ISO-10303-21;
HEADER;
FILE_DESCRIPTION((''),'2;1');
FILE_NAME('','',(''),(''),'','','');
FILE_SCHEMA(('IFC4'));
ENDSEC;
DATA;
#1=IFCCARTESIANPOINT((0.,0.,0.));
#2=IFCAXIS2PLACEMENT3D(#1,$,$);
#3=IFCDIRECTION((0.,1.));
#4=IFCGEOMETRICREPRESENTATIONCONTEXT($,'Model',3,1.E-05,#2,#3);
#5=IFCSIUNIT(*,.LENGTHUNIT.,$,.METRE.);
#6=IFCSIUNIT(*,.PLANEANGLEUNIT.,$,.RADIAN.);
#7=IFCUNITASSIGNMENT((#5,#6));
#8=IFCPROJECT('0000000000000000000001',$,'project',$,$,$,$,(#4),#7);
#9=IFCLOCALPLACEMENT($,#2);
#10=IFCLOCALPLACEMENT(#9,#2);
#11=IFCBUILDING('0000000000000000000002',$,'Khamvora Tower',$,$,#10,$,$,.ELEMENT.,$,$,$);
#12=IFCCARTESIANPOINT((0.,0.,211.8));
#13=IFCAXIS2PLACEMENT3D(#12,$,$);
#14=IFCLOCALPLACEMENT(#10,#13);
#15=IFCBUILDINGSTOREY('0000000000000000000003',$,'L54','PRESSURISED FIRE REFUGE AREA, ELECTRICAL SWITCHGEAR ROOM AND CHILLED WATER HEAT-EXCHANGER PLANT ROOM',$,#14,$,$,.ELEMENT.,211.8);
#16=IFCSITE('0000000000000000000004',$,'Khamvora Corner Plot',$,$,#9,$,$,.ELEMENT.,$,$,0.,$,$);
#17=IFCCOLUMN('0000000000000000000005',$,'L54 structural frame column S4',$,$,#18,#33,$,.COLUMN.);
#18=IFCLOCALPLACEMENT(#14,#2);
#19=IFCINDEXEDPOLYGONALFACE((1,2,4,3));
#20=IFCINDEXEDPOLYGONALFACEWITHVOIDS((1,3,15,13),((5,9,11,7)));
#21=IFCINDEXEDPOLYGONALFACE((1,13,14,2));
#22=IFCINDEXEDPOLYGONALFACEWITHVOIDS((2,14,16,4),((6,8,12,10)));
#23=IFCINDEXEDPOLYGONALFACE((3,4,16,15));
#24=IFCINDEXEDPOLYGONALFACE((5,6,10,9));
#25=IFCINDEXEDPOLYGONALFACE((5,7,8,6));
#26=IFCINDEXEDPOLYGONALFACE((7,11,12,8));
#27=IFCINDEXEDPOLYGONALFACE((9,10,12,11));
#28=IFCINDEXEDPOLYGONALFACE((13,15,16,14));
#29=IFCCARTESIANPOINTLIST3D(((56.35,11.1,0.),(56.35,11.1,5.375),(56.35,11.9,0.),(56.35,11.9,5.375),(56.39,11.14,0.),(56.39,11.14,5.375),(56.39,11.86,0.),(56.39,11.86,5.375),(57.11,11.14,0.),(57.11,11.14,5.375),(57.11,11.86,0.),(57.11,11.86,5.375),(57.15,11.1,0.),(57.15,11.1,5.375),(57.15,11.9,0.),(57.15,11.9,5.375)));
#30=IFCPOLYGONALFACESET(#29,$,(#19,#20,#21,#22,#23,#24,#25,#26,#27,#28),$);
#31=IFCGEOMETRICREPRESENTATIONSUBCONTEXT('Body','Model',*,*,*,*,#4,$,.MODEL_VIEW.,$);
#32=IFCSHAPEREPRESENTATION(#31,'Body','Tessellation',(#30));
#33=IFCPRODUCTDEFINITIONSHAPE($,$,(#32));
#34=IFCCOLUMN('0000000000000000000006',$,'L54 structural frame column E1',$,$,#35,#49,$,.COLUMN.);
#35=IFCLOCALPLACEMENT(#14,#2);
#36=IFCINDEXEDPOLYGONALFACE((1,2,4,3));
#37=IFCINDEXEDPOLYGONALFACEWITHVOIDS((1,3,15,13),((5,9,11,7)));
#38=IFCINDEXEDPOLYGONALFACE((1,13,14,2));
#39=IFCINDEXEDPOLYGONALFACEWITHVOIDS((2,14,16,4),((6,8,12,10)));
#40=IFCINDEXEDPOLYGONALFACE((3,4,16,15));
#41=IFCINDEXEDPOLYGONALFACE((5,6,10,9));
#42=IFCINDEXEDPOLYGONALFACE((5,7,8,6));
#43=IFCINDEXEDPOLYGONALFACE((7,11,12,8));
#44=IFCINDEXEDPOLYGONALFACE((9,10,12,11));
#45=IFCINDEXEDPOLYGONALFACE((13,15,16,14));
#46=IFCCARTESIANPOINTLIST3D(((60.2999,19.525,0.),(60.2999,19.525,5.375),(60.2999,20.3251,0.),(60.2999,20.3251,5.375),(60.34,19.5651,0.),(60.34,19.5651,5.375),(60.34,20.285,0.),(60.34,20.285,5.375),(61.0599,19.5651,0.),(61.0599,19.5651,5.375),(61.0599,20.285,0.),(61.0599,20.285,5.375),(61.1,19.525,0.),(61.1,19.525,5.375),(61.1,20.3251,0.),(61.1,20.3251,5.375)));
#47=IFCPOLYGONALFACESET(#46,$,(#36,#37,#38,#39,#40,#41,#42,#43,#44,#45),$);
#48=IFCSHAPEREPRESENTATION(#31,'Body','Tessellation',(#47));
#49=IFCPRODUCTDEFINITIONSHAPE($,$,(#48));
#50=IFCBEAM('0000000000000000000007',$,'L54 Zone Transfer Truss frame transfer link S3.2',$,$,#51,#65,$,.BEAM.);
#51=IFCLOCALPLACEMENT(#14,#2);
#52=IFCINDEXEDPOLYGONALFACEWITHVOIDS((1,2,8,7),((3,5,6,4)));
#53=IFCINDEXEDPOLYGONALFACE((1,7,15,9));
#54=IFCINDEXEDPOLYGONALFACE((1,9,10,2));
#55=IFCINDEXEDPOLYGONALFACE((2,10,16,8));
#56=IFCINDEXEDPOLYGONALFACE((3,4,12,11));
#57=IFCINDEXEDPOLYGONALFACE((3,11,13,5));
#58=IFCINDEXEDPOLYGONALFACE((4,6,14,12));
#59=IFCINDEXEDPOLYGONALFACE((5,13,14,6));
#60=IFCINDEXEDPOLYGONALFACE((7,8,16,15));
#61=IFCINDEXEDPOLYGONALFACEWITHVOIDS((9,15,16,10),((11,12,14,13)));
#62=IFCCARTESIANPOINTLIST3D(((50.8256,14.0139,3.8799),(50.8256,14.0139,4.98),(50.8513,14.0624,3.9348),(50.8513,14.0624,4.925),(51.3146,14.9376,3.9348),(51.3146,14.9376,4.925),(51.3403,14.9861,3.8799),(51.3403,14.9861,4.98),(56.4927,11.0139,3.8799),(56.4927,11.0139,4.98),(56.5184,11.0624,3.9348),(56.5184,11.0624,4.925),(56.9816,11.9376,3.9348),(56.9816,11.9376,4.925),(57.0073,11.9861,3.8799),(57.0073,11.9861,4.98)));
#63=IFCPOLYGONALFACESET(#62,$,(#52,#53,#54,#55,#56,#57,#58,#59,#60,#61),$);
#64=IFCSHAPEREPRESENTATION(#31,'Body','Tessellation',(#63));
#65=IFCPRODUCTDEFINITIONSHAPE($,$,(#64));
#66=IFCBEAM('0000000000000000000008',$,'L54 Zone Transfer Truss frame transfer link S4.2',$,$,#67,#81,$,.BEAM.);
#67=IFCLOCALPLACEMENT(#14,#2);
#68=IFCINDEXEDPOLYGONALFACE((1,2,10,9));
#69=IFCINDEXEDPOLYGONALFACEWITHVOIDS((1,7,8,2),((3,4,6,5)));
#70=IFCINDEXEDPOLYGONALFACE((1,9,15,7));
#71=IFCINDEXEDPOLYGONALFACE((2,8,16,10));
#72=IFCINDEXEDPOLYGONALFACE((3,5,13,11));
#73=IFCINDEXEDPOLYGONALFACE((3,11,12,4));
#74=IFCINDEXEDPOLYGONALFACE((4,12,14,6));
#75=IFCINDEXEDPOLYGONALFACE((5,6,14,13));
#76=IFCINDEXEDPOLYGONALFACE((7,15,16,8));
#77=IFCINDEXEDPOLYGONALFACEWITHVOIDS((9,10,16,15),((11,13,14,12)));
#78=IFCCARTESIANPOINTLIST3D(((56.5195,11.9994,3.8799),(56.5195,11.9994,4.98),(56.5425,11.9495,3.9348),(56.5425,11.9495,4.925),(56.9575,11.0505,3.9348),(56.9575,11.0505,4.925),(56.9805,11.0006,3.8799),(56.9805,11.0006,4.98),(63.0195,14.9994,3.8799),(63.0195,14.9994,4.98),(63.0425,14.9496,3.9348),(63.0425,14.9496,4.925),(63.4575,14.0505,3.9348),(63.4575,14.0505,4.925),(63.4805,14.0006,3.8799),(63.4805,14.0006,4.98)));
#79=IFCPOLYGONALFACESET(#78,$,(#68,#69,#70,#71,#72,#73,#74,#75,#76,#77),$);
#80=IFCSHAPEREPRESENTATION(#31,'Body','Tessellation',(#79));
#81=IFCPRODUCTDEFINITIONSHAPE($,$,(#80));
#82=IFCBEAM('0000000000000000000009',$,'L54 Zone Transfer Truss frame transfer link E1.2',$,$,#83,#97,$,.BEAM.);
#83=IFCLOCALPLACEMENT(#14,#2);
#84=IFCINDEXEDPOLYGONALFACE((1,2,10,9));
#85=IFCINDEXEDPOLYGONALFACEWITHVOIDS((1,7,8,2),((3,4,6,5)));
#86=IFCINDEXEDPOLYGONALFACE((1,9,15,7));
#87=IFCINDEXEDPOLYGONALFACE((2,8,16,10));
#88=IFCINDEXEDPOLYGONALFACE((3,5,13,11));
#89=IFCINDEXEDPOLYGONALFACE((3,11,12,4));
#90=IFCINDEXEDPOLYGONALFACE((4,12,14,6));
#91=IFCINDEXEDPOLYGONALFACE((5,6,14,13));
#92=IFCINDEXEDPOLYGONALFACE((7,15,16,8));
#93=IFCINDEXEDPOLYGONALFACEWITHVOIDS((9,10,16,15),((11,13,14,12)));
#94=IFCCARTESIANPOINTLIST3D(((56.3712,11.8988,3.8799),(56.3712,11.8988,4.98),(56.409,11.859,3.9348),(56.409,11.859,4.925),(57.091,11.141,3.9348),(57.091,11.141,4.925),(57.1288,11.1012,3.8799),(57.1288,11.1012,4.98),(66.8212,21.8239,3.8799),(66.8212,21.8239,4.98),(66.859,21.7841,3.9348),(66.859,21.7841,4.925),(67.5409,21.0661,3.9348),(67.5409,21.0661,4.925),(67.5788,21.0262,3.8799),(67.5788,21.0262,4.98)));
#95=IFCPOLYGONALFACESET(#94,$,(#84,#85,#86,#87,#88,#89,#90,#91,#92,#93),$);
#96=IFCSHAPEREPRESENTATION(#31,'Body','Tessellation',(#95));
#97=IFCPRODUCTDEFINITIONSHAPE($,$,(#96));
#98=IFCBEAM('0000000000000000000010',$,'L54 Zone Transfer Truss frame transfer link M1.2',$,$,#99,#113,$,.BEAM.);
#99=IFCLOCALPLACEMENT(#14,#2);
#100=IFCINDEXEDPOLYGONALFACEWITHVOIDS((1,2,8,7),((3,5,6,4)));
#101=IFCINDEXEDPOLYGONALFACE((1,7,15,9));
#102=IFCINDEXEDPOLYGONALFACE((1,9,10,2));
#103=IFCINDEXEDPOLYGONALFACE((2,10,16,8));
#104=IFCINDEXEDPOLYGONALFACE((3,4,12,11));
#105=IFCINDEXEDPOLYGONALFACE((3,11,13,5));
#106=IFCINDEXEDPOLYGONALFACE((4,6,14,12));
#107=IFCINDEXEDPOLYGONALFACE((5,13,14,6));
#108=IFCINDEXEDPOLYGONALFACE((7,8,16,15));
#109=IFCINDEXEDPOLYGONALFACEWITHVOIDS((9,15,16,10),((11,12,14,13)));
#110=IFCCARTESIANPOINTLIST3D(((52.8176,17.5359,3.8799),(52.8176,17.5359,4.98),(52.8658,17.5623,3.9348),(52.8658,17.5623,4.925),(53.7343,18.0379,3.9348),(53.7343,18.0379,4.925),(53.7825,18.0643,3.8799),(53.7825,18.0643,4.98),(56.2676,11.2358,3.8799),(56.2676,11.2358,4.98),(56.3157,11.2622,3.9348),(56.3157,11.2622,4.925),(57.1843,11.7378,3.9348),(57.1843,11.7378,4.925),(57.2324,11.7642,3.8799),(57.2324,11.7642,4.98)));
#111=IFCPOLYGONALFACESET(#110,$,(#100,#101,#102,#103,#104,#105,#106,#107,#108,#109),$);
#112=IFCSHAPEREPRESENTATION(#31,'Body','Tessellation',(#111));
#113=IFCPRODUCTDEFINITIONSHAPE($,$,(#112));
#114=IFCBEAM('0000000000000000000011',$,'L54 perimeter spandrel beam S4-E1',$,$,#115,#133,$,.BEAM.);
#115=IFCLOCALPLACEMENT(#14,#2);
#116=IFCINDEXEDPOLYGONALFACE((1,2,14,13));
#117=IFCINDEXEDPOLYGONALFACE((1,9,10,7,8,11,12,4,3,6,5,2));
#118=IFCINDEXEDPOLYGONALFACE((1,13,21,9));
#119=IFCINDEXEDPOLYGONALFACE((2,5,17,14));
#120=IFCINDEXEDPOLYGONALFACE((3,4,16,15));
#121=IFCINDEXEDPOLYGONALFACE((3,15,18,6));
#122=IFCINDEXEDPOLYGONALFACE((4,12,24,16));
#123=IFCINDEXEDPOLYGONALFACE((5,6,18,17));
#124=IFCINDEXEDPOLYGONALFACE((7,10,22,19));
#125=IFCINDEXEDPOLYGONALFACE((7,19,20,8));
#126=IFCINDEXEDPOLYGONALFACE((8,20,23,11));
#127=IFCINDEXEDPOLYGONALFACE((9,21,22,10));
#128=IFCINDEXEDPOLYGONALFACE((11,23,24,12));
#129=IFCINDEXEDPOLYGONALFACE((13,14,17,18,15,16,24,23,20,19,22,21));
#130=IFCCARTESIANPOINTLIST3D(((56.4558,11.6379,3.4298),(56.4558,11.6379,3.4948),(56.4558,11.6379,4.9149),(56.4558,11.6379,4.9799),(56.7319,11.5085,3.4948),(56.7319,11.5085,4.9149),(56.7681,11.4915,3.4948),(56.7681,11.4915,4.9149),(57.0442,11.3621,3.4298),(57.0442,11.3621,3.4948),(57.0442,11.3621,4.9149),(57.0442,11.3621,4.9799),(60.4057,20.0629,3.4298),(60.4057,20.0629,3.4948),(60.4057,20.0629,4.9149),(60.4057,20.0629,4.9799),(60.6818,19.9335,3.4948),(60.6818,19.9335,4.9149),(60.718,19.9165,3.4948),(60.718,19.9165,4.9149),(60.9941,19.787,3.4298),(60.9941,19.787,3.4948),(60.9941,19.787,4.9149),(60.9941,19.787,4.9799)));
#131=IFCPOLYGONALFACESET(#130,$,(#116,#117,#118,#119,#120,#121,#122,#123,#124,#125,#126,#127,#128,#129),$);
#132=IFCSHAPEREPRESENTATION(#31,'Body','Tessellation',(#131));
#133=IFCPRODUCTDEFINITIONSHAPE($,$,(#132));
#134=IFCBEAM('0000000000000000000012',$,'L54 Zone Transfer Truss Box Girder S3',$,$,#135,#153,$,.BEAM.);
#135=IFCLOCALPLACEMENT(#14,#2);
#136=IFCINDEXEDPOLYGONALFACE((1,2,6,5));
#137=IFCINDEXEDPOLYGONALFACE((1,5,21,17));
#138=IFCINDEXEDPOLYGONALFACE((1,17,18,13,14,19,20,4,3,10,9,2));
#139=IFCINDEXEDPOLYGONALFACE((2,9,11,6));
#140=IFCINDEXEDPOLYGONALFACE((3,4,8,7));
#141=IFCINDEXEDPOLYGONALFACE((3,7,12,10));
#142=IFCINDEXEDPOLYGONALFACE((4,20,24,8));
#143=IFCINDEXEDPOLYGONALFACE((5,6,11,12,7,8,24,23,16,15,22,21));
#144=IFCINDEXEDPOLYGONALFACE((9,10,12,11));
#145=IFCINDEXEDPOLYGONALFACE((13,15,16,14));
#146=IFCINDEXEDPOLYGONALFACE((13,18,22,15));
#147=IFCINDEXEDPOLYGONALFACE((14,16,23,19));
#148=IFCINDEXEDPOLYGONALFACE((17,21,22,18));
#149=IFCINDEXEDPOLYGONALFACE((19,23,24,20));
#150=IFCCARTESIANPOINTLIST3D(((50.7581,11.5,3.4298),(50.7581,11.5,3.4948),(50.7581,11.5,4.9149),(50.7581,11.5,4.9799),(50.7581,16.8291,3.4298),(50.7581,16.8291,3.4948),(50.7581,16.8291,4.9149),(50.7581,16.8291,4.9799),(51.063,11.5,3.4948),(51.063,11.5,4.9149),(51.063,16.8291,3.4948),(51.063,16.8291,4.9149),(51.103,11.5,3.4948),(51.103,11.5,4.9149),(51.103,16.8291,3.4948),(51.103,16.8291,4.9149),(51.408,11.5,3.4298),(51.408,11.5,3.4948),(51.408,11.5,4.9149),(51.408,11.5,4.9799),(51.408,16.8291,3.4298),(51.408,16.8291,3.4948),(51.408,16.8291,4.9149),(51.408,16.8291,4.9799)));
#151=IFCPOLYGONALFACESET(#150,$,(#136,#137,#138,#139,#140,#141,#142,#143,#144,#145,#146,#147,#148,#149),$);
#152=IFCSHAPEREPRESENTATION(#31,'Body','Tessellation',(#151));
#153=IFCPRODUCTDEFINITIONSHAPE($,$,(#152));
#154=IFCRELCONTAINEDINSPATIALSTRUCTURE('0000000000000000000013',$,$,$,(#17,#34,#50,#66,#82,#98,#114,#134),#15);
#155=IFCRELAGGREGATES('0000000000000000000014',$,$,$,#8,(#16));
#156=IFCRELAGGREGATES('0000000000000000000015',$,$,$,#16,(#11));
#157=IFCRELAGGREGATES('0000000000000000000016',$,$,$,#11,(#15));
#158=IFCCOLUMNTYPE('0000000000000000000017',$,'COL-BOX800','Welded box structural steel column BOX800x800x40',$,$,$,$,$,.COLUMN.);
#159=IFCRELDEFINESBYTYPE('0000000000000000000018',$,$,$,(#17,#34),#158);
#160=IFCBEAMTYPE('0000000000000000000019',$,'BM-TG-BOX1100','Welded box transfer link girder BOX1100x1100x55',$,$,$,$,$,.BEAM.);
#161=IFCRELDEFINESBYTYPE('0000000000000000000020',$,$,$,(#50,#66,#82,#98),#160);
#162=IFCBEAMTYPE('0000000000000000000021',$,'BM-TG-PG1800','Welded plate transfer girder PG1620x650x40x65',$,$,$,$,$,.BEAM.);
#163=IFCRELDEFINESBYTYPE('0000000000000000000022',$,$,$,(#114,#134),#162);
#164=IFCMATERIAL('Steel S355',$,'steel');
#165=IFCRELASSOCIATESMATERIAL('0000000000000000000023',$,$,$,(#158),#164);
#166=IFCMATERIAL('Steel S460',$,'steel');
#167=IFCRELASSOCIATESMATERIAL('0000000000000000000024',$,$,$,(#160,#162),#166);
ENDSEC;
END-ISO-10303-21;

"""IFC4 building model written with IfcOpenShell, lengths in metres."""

from ifc_helpers import new_model, si_unit, direction, frame, origin, origin_2d, place, context, subcontext, project, spatial, hollow_rectangle, i_section, extrude, material, material_profile, profile_set, type_object, element, save


model = new_model("IFC4")

# Units and contexts
model_context = context("Model", 3, precision=1e-05, world=origin(), true_north=direction((0.0, 1.0)))
body_context = subcontext(model_context, "Body", "Model", "MODEL_VIEW")
ifc_project = project(units=[si_unit("LENGTHUNIT", "METRE"), si_unit("PLANEANGLEUNIT", "RADIAN")], contexts=[model_context])

# Site, building, storey
site_placement = place(None, origin())
site = spatial("IfcSite", under=ifc_project, at=site_placement, Name="Khamvora Corner Plot", CompositionType="ELEMENT", RefElevation=0.0)
building_placement = place(site_placement, origin())
building = spatial("IfcBuilding", under=site, at=building_placement, Name="Khamvora Tower", CompositionType="ELEMENT")
storey_placement = place(building_placement, frame((0.0, 0.0, 211.8)))
storey = spatial("IfcBuildingStorey", under=building, at=storey_placement, Name="L54", Description="PRESSURISED FIRE REFUGE AREA, ELECTRICAL SWITCHGEAR ROOM AND CHILLED WATER HEAT-EXCHANGER PLANT ROOM", CompositionType="ELEMENT", Elevation=211.8)

# Columns
ifc_material_1 = material(Name="Steel S355", Category="steel")
ifc_material_profile_1 = material_profile(ifc_material_1, hollow_rectangle(XDim=0.8, YDim=0.8, WallThickness=0.04, at=origin_2d()), Name="BOX800x800x40")
ifc_profile_set_1 = profile_set([ifc_material_profile_1], Name="Steel S355")
column_type = type_object("IfcColumnType", Name="COL-BOX800", Description="Welded box structural steel column BOX800x800x40", PredefinedType="COLUMN", material=ifc_profile_set_1)
for number, where, z_axis, x_axis, name in (
    (1, (56.75, 11.5, 0.0), (0.0, 0.0, 1.0), (1.0, 0.0, 0.0), "L54 structural frame column S4"),
    (2, (60.7, 19.925, 0.0), (0.0, 0.0, 1.0), (1.0, 0.0, 0.0), "L54 structural frame column E1"),
):
    element("IfcColumn", number, at=place(storey_placement, frame(where, z_axis=z_axis, x_axis=x_axis)), inside=storey, type_object=column_type, Name=name, PredefinedType="COLUMN", context=body_context, shape_type="SweptSolid", body=[
        extrude(hollow_rectangle(XDim=0.8, YDim=0.8, WallThickness=0.04, at=origin_2d()), origin(), (0.0, 0.0, 1.0), 5.375),
    ])

# Beams
ifc_material_2 = material(Name="Steel S460", Category="steel")
ifc_material_profile_2 = material_profile(ifc_material_2, hollow_rectangle(XDim=1.1001, YDim=1.1001, WallThickness=0.0549, at=origin_2d()), Name="BOX1100x1100x55")
ifc_profile_set_2 = profile_set([ifc_material_profile_2], Name="Steel S460")
beam_type_1 = type_object("IfcBeamType", Name="BM-TG-BOX1100", Description="Welded box transfer link girder BOX1100x1100x55", PredefinedType="BEAM", material=ifc_profile_set_2)
beam_1_placement = place(storey_placement, frame((56.75, 11.5, 4.4299), z_axis=(-0.883799, 0.467867, 0.0), x_axis=(-0.467867, -0.883799, 0.0)))
element("IfcBeam", 3, at=beam_1_placement, inside=storey, type_object=beam_type_1, Name="L54 Zone Transfer Truss frame transfer link S3.2", PredefinedType="BEAM", context=body_context, shape_type="SweptSolid", body=[
    extrude(hollow_rectangle(XDim=1.1001, YDim=1.1001, WallThickness=0.0549, at=origin_2d()), origin(), (0.0, 0.0, 1.0), 6.4121),
])
beam_2_placement = place(storey_placement, frame((56.75, 11.5, 4.4299), z_axis=(0.907959, 0.419058, 0.0), x_axis=(-0.419058, 0.907959, 0.0)))
element("IfcBeam", 4, at=beam_2_placement, inside=storey, type_object=beam_type_1, Name="L54 Zone Transfer Truss frame transfer link S4.2", PredefinedType="BEAM", context=body_context, shape_type="SweptSolid", body=[
    extrude(hollow_rectangle(XDim=1.1001, YDim=1.1001, WallThickness=0.0549, at=origin_2d()), origin(), (0.0, 0.0, 1.0), 7.1589),
])
beam_3_placement = place(storey_placement, frame((56.75, 11.5, 4.4299), z_axis=(0.725083, 0.688662, 0.0), x_axis=(-0.688662, 0.725083, 0.0)))
element("IfcBeam", 5, at=beam_3_placement, inside=storey, type_object=beam_type_1, Name="L54 Zone Transfer Truss frame transfer link E1.2", PredefinedType="BEAM", context=body_context, shape_type="SweptSolid", body=[
    extrude(hollow_rectangle(XDim=1.1001, YDim=1.1001, WallThickness=0.0549, at=origin_2d()), origin(), (0.0, 0.0, 1.0), 14.4121),
])
beam_4_placement = place(storey_placement, frame((56.75, 11.5, 4.4299), z_axis=(-0.480307, 0.877101, 0.0), x_axis=(-0.877101, -0.480307, 0.0)))
element("IfcBeam", 6, at=beam_4_placement, inside=storey, type_object=beam_type_1, Name="L54 Zone Transfer Truss frame transfer link M1.2", PredefinedType="BEAM", context=body_context, shape_type="SweptSolid", body=[
    extrude(hollow_rectangle(XDim=1.1001, YDim=1.1001, WallThickness=0.0549, at=origin_2d()), origin(), (0.0, 0.0, 1.0), 7.1829),
])
ifc_material_profile_3 = material_profile(ifc_material_2, i_section(OverallWidth=0.6499, OverallDepth=1.55, WebThickness=0.04, FlangeThickness=0.0649, at=origin_2d()), Name="PG1550x650x40x65")
ifc_profile_set_3 = profile_set([ifc_material_profile_3], Name="Steel S460")
beam_type_2 = type_object("IfcBeamType", Name="BM-TG-PG1800", Description="Welded plate transfer girder PG1620x650x40x65", PredefinedType="BEAM", material=ifc_profile_set_3)
beam_5_placement = place(storey_placement, frame((56.75, 11.5, 4.2048), z_axis=(0.424496, 0.90543, 0.0), x_axis=(-0.90543, 0.424496, 0.0)))
element("IfcBeam", 7, at=beam_5_placement, inside=storey, type_object=beam_type_2, Name="L54 perimeter spandrel beam S4-E1", PredefinedType="BEAM", context=body_context, shape_type="SweptSolid", body=[
    extrude(i_section(OverallWidth=0.6499, OverallDepth=1.55, WebThickness=0.04, FlangeThickness=0.0649, at=origin_2d()), origin(), (0.0, 0.0, 1.0), 9.3049),
])
beam_6_placement = place(storey_placement, frame((51.083, 11.5, 4.2048), z_axis=(0.0, 1.0, 0.0), x_axis=(-1.0, 0.0, 0.0)))
element("IfcBeam", 8, at=beam_6_placement, inside=storey, type_object=beam_type_2, Name="L54 Zone Transfer Truss Box Girder S3", PredefinedType="BEAM", context=body_context, shape_type="SweptSolid", body=[
    extrude(i_section(OverallWidth=0.6499, OverallDepth=1.55, WebThickness=0.04, FlangeThickness=0.0649, at=origin_2d()), origin(), (0.0, 0.0, 1.0), 5.3291),
])

save(model, "model.ifc")
